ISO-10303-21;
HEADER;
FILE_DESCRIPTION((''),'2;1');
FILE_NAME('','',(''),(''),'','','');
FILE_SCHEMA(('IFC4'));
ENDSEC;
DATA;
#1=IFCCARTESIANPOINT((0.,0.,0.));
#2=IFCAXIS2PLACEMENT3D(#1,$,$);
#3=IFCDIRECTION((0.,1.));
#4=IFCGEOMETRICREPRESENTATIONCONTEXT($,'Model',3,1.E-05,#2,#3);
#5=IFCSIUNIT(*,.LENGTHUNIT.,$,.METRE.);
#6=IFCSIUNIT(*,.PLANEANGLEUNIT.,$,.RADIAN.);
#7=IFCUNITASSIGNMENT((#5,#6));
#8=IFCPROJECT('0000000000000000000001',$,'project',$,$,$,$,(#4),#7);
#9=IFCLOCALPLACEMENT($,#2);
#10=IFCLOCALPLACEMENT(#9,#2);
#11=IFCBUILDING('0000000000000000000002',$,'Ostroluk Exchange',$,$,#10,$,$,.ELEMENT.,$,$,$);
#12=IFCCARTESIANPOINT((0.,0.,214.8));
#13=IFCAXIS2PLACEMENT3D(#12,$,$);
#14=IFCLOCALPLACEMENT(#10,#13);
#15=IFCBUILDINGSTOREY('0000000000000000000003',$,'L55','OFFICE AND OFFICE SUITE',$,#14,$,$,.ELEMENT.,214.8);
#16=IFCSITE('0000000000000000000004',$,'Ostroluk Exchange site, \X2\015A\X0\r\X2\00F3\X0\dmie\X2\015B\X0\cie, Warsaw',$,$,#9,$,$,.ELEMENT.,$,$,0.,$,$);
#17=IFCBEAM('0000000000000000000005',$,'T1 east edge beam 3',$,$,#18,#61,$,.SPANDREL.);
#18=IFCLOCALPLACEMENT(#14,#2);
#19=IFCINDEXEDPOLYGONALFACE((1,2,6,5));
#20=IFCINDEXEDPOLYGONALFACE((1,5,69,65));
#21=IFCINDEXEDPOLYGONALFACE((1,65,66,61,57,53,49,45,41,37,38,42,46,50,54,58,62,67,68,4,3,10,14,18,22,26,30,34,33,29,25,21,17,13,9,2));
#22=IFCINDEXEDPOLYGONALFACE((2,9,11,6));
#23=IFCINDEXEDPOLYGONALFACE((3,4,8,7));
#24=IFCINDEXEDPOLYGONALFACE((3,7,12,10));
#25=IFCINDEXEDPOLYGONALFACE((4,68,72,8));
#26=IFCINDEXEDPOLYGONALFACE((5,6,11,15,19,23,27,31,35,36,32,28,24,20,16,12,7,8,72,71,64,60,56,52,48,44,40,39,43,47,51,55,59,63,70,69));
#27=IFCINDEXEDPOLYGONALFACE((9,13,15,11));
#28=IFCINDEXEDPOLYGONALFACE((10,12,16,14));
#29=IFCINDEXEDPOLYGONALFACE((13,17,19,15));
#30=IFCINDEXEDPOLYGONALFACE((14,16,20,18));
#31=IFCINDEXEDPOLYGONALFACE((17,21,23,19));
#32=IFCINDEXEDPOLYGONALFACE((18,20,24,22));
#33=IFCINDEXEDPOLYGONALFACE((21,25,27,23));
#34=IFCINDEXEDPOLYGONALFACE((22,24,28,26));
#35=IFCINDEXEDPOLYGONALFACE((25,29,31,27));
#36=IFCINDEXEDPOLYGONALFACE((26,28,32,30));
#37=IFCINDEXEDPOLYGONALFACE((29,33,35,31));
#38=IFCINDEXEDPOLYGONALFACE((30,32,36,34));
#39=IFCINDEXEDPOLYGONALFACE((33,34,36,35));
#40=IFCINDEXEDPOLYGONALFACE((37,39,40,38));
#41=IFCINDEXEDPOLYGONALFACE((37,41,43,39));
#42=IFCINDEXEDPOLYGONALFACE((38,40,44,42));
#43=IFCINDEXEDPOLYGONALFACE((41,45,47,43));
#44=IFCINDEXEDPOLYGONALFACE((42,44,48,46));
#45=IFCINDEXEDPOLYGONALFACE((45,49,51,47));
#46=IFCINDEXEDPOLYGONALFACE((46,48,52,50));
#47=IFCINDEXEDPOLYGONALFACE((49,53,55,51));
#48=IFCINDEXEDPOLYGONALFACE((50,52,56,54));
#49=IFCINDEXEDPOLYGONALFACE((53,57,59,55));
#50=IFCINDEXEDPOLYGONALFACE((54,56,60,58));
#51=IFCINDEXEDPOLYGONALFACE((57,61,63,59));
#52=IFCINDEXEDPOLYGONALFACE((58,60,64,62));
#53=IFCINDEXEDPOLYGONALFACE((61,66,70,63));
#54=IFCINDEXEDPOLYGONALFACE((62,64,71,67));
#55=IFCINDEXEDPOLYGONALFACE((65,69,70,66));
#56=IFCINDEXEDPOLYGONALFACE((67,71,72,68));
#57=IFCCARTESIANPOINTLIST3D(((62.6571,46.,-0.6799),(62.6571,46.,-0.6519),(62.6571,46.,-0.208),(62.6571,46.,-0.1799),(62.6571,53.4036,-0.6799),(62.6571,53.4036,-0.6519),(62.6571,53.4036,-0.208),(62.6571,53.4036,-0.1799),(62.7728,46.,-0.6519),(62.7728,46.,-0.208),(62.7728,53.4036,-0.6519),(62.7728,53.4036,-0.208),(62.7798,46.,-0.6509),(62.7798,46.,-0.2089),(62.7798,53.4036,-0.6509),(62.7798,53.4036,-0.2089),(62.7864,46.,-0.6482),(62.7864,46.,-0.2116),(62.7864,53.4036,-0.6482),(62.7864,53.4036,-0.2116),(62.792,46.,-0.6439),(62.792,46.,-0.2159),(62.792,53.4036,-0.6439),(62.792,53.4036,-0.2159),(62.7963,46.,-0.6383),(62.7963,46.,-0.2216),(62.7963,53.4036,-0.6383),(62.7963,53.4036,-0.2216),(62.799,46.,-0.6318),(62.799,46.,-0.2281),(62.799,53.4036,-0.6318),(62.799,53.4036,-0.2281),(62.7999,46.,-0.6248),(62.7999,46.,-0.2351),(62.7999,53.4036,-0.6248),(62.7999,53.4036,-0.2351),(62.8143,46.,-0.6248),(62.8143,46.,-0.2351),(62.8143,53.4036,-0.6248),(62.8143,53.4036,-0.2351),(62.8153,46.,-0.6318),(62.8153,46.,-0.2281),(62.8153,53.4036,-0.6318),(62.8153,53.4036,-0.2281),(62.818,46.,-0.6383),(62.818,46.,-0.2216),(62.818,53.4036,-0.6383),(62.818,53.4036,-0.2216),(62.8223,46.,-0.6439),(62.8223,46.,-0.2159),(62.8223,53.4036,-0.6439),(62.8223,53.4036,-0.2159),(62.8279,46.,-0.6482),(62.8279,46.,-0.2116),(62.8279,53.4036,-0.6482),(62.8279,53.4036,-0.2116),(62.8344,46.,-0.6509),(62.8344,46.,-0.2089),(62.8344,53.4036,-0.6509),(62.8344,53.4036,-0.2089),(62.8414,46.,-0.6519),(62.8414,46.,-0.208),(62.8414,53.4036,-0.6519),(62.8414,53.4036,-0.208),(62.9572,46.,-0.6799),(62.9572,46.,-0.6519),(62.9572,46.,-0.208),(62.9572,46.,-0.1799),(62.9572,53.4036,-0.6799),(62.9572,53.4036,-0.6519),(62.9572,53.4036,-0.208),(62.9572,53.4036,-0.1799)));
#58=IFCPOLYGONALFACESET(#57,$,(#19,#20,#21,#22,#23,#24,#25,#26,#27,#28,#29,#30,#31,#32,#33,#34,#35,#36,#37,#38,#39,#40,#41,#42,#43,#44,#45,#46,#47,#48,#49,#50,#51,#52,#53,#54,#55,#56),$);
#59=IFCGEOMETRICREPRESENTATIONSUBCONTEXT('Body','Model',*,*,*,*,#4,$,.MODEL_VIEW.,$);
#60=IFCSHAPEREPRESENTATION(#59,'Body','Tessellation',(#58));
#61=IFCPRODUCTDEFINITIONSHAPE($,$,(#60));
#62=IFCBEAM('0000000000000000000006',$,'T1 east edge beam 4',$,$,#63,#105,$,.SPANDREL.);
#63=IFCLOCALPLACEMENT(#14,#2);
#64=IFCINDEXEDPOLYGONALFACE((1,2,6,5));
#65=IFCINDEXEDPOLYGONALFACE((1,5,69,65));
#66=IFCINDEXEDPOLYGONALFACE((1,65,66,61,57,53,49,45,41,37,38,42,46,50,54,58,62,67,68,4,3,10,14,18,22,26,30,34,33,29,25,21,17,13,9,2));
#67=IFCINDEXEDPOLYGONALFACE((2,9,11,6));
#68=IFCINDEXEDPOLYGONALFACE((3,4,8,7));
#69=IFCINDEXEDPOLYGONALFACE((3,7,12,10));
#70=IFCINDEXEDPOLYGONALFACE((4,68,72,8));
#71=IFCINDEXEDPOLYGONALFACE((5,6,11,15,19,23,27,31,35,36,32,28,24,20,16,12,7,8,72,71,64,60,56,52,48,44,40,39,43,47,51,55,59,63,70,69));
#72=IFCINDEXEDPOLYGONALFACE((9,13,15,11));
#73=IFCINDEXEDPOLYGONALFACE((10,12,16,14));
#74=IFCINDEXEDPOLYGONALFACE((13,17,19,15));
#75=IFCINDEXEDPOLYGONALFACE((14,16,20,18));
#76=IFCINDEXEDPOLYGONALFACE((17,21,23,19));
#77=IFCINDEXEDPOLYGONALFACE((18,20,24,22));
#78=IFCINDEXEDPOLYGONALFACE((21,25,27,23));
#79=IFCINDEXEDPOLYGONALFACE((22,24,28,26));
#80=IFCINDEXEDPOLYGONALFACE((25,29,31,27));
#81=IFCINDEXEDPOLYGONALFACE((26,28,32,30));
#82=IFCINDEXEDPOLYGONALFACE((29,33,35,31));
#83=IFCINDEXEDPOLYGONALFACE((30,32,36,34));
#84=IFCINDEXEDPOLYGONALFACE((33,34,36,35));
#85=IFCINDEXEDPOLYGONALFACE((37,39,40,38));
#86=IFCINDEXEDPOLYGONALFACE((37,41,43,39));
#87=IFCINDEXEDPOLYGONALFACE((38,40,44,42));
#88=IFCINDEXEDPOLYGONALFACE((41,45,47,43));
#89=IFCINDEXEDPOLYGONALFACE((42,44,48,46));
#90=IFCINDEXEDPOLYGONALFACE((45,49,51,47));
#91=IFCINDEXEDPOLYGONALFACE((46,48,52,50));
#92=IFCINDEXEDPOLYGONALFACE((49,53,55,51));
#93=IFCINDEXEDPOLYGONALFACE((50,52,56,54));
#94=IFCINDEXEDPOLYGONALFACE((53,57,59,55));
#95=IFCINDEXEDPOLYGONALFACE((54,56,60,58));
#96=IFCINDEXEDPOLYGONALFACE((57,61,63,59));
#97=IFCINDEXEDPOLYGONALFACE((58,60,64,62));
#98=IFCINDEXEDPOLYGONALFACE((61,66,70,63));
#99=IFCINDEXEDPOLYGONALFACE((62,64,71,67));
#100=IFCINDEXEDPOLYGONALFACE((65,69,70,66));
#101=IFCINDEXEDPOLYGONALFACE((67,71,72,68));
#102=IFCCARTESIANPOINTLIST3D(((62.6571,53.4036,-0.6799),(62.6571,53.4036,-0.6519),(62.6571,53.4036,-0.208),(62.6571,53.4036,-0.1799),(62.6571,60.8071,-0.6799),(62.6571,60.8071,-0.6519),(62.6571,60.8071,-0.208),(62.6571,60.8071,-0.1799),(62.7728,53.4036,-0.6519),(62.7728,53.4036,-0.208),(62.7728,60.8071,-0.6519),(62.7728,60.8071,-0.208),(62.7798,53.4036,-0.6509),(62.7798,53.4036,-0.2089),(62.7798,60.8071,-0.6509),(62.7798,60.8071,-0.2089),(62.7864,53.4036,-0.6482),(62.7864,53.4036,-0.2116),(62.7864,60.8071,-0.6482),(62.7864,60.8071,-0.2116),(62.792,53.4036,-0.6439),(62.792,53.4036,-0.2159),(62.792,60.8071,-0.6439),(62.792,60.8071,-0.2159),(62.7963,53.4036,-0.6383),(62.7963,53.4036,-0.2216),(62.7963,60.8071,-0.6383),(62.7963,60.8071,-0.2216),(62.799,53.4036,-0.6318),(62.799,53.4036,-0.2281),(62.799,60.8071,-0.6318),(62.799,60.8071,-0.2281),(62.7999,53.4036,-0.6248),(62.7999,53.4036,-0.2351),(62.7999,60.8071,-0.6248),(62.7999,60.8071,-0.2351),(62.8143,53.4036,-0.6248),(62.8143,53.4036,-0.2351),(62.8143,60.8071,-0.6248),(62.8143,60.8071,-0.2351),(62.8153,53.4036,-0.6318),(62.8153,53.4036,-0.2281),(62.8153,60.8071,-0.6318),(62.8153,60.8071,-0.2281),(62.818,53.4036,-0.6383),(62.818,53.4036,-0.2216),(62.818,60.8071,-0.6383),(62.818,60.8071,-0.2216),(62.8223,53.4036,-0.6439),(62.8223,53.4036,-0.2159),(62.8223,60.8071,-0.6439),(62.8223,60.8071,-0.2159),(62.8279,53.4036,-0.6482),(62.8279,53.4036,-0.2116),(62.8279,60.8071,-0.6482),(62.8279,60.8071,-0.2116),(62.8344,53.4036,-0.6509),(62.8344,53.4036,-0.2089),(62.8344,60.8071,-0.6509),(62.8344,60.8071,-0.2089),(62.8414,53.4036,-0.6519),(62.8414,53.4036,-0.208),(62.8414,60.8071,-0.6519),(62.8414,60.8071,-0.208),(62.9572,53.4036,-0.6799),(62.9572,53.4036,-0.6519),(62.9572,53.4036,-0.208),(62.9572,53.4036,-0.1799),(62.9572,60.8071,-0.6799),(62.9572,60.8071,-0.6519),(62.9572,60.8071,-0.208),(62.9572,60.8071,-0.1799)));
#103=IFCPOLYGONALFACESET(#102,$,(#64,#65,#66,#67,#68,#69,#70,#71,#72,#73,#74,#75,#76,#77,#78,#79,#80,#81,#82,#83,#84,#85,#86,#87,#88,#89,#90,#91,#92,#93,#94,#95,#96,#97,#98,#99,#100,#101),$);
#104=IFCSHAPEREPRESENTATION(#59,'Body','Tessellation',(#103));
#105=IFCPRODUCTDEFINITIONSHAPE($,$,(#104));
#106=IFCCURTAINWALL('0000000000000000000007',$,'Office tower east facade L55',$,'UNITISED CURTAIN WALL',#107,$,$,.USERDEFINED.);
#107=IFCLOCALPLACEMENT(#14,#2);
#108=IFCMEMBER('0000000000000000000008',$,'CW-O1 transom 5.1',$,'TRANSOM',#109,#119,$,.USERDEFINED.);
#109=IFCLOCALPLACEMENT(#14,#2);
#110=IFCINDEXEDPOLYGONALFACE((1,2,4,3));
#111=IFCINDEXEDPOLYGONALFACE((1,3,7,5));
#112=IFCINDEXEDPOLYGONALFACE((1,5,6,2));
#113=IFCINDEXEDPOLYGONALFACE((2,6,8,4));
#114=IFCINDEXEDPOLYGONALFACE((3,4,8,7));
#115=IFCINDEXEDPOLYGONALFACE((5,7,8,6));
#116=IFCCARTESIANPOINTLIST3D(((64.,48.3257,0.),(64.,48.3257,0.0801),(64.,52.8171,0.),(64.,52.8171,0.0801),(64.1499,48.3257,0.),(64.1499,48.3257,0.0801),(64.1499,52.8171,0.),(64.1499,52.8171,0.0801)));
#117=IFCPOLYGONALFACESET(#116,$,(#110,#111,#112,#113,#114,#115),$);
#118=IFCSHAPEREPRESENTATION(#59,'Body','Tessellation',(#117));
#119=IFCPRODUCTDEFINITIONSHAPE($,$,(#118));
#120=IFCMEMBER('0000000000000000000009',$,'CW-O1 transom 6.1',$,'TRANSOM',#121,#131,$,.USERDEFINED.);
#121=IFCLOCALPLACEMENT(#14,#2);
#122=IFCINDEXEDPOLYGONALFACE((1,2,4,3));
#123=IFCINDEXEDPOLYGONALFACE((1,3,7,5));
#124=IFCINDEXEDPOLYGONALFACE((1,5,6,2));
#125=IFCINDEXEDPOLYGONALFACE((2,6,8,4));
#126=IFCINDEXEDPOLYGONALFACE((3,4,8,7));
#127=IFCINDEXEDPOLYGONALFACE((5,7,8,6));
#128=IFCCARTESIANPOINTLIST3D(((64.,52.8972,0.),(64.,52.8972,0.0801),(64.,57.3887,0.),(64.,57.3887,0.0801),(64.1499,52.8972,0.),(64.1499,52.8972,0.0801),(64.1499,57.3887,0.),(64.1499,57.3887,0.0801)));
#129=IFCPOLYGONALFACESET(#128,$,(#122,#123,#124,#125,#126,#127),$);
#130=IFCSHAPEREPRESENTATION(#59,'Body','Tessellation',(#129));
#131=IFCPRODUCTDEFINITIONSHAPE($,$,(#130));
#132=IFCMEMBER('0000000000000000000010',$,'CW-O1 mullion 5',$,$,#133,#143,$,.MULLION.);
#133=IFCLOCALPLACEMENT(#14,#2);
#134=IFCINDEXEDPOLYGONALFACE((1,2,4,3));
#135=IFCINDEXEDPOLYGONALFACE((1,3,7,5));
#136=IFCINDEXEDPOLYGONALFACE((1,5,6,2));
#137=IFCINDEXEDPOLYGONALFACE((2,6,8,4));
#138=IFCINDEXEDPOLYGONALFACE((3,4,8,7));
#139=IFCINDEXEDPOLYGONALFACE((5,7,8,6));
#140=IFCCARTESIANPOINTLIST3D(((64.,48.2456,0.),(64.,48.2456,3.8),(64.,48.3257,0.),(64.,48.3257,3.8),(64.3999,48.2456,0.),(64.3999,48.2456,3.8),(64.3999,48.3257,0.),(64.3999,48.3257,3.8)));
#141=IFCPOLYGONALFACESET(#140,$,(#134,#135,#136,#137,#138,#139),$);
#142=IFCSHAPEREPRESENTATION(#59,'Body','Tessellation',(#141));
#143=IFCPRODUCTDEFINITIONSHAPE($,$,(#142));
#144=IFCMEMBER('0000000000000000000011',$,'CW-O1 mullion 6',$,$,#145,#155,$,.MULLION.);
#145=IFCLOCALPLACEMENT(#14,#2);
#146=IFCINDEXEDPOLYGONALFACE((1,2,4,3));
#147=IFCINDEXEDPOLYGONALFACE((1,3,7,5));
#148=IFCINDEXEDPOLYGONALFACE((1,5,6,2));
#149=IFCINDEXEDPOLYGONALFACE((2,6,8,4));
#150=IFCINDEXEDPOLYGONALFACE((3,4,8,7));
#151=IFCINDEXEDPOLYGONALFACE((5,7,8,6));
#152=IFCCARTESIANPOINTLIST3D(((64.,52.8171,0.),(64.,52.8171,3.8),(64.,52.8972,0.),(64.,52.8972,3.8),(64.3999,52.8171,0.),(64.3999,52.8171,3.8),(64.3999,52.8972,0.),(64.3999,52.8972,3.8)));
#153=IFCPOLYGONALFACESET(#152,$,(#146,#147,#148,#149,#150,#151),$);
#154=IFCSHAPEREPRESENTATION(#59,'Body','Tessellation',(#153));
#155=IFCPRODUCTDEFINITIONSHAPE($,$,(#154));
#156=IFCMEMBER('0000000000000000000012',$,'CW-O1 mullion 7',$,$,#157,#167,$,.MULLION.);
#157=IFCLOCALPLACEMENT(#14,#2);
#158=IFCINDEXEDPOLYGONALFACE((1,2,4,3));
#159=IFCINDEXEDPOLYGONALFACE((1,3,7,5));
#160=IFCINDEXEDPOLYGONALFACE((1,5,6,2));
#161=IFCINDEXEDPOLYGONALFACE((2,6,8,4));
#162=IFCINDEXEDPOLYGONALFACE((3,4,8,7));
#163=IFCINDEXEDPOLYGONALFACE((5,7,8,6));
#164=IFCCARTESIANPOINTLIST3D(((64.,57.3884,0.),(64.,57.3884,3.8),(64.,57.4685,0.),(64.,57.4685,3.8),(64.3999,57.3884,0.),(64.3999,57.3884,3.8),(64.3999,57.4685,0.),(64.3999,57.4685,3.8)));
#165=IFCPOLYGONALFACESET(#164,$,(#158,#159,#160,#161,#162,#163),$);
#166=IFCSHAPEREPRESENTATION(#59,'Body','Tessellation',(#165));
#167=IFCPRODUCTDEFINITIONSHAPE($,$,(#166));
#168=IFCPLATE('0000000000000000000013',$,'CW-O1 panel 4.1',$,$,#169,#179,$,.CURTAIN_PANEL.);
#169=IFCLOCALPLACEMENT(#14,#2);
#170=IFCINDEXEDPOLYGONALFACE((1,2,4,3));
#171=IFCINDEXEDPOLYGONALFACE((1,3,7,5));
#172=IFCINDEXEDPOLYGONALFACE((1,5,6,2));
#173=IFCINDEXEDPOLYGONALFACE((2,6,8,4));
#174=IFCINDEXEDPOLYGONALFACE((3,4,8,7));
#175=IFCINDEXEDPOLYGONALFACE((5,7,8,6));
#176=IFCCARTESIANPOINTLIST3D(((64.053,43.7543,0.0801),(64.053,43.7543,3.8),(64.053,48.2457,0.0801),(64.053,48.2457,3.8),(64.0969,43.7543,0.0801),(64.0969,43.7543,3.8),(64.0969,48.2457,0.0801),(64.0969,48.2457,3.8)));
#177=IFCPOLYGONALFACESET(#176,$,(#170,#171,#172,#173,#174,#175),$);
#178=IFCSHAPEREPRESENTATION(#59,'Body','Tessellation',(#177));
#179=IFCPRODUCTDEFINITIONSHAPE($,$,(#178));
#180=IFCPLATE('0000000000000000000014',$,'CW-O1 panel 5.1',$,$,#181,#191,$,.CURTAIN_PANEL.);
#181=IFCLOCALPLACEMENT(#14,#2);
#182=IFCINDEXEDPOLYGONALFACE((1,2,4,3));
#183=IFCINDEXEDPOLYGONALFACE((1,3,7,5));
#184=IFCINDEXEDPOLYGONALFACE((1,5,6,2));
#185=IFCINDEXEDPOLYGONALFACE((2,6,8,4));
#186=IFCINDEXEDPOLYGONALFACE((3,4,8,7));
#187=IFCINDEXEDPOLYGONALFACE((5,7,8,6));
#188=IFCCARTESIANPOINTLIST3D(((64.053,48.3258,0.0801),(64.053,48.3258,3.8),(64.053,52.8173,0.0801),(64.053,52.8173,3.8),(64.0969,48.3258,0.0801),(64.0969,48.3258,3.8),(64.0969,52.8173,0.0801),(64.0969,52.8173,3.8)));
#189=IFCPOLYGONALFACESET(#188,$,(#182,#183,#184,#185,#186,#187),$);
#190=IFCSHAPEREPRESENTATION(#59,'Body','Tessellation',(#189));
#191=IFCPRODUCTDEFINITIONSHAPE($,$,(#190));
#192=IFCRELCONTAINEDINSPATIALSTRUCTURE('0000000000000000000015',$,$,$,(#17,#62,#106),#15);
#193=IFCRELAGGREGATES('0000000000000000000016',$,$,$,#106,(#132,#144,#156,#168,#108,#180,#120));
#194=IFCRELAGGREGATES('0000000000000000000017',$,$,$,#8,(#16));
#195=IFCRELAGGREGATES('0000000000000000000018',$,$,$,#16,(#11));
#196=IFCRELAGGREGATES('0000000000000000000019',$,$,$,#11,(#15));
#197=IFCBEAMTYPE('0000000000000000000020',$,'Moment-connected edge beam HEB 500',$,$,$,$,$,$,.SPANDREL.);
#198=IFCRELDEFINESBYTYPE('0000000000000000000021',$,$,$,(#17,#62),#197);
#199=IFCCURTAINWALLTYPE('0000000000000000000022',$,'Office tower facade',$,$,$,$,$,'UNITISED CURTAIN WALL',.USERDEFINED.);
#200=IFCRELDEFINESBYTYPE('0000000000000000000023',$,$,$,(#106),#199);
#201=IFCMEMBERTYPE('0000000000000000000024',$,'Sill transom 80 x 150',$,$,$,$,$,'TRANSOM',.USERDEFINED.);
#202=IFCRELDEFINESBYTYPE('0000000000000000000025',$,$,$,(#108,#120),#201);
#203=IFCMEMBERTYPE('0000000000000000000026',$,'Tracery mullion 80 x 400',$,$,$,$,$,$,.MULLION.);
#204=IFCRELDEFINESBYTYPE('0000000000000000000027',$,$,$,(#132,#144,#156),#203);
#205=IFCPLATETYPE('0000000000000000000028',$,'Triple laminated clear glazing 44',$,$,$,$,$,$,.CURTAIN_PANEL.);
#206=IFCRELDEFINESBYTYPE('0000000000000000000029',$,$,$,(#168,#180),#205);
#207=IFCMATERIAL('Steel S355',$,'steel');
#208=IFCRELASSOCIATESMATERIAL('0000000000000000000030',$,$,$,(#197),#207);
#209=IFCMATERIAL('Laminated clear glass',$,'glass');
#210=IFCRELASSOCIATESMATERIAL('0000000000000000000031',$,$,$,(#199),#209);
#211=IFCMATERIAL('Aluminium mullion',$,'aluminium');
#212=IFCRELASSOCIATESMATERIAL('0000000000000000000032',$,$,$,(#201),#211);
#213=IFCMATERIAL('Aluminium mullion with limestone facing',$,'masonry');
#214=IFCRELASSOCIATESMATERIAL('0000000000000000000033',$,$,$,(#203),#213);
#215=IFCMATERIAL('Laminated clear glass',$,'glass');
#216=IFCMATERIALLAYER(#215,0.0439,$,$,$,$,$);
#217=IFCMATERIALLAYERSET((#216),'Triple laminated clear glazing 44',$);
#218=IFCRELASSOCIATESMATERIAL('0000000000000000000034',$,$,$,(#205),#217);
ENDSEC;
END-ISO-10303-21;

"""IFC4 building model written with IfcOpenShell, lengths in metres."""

from ifc_helpers import new_model, si_unit, direction, frame, origin, origin_2d, place, context, subcontext, project, spatial, rectangle, i_section, extrude, material, layer, layer_set, material_profile, profile_set, type_object, element, aggregate, save


model = new_model("IFC4")

# Units and contexts
model_context = context("Model", 3, precision=1e-05, world=origin(), true_north=direction((0.0, 1.0)))
body_context = subcontext(model_context, "Body", "Model", "MODEL_VIEW")
ifc_project = project(units=[si_unit("LENGTHUNIT", "METRE"), si_unit("PLANEANGLEUNIT", "RADIAN")], contexts=[model_context])

# Site, building, storey
site_placement = place(None, origin())
site = spatial("IfcSite", under=ifc_project, at=site_placement, Name="Ostroluk Exchange site, Śródmieście, Warsaw", CompositionType="ELEMENT", RefElevation=0.0)
building_placement = place(site_placement, origin())
building = spatial("IfcBuilding", under=site, at=building_placement, Name="Ostroluk Exchange", CompositionType="ELEMENT")
storey_placement = place(building_placement, frame((0.0, 0.0, 214.8)))
storey = spatial("IfcBuildingStorey", under=building, at=storey_placement, Name="L55", Description="OFFICE AND OFFICE SUITE", CompositionType="ELEMENT", Elevation=214.8)

# Beams
ifc_material_1 = material(Name="Steel S355", Category="steel")
ifc_material_profile_1 = material_profile(ifc_material_1, i_section(OverallWidth=0.3, OverallDepth=0.5, WebThickness=0.0144, FlangeThickness=0.0281, FilletRadius=0.0271, at=origin_2d()), Name="HEB 500")
ifc_profile_set_1 = profile_set([ifc_material_profile_1], Name="Steel S355")
beam_type_1 = type_object("IfcBeamType", Name="Moment-connected edge beam HEB 500", PredefinedType="SPANDREL", material=ifc_profile_set_1)
for number, where, z_axis, x_axis, name in (
    (1, (62.8071, 46.0, -0.4299), (0.0, 1.0, 0.0), (-1.0, 0.0, 0.0), "T1 east edge beam 3"),
    (2, (62.8071, 53.4036, -0.4299), (0.0, 1.0, 0.0), (-1.0, 0.0, 0.0), "T1 east edge beam 4"),
):
    element("IfcBeam", number, at=place(storey_placement, frame(where, z_axis=z_axis, x_axis=x_axis)), inside=storey, type_object=beam_type_1, Name=name, PredefinedType="SPANDREL", context=body_context, shape_type="SweptSolid", body=[
        extrude(i_section(OverallWidth=0.3, OverallDepth=0.5, WebThickness=0.0144, FlangeThickness=0.0281, FilletRadius=0.0271, at=origin_2d()), origin(), (0.0, 0.0, 1.0), 7.4036),
    ])

# Curtain wall, members, plates
ifc_material_2 = material(Name="Laminated clear glass", Category="glass")
curtain_wall_type = type_object("IfcCurtainWallType", Name="Office tower facade", ElementType="UNITISED CURTAIN WALL", PredefinedType="USERDEFINED", material=ifc_material_2)
curtain_wall_placement = place(storey_placement, origin())
curtain_wall = element("IfcCurtainWall", 3, at=curtain_wall_placement, inside=storey, type_object=curtain_wall_type, Name="Office tower east facade L55", ObjectType="UNITISED CURTAIN WALL", PredefinedType="USERDEFINED")
ifc_material_3 = material(Name="Aluminium mullion", Category="aluminium")
ifc_material_profile_2 = material_profile(ifc_material_3, rectangle(XDim=0.1499, YDim=0.0801, at=origin_2d()), Name="Sill transom 80 x 150")
ifc_profile_set_2 = profile_set([ifc_material_profile_2], Name="Aluminium mullion")
member_type_1 = type_object("IfcMemberType", Name="Sill transom 80 x 150", ElementType="TRANSOM", PredefinedType="USERDEFINED", material=ifc_profile_set_2)
member_1_placement = place(storey_placement, frame((64.075, 48.3257, 0.04), z_axis=(0.0, 1.0, 0.0), x_axis=(-1.0, 0.0, 0.0)))
member_1 = element("IfcMember", 4, at=member_1_placement, type_object=member_type_1, Name="CW-O1 transom 5.1", ObjectType="TRANSOM", PredefinedType="USERDEFINED", context=body_context, shape_type="SweptSolid", body=[
    extrude(rectangle(XDim=0.1499, YDim=0.0801, at=origin_2d()), origin(), (0.0, 0.0, 1.0), 4.4915),
])
member_2_placement = place(storey_placement, frame((64.075, 52.8972, 0.04), z_axis=(0.0, 1.0, 0.0), x_axis=(-1.0, 0.0, 0.0)))
member_2 = element("IfcMember", 5, at=member_2_placement, type_object=member_type_1, Name="CW-O1 transom 6.1", ObjectType="TRANSOM", PredefinedType="USERDEFINED", context=body_context, shape_type="SweptSolid", body=[
    extrude(rectangle(XDim=0.1499, YDim=0.0801, at=origin_2d()), origin(), (0.0, 0.0, 1.0), 4.4915),
])
ifc_material_4 = material(Name="Aluminium mullion with limestone facing", Category="masonry")
ifc_material_profile_3 = material_profile(ifc_material_4, rectangle(XDim=0.3999, YDim=0.0801, at=origin_2d()), Name="Tracery mullion 80 x 400")
ifc_profile_set_3 = profile_set([ifc_material_profile_3], Name="Aluminium mullion with limestone facing")
member_type_2 = type_object("IfcMemberType", Name="Tracery mullion 80 x 400", PredefinedType="MULLION", material=ifc_profile_set_3)
member_3_placement = place(storey_placement, frame((64.2, 48.2856, 0.0), z_axis=(0.0, 0.0, 1.0), x_axis=(-1.0, 0.0, 0.0)))
member_3 = element("IfcMember", 6, at=member_3_placement, type_object=member_type_2, Name="CW-O1 mullion 5", PredefinedType="MULLION", context=body_context, shape_type="SweptSolid", body=[
    extrude(rectangle(XDim=0.3999, YDim=0.0801, at=origin_2d()), origin(), (0.0, 0.0, 1.0), 3.8),
])
member_4_placement = place(storey_placement, frame((64.2, 52.8572, 0.0), z_axis=(0.0, 0.0, 1.0), x_axis=(-1.0, 0.0, 0.0)))
member_4 = element("IfcMember", 7, at=member_4_placement, type_object=member_type_2, Name="CW-O1 mullion 6", PredefinedType="MULLION", context=body_context, shape_type="SweptSolid", body=[
    extrude(rectangle(XDim=0.3999, YDim=0.0801, at=origin_2d()), origin(), (0.0, 0.0, 1.0), 3.8),
])
member_5_placement = place(storey_placement, frame((64.2, 57.4285, 0.0), z_axis=(0.0, 0.0, 1.0), x_axis=(-1.0, 0.0, 0.0)))
member_5 = element("IfcMember", 8, at=member_5_placement, type_object=member_type_2, Name="CW-O1 mullion 7", PredefinedType="MULLION", context=body_context, shape_type="SweptSolid", body=[
    extrude(rectangle(XDim=0.3999, YDim=0.0801, at=origin_2d()), origin(), (0.0, 0.0, 1.0), 3.8),
])
ifc_material_5 = material(Name="Laminated clear glass", Category="glass")
ifc_layer_1 = layer(ifc_material_5, 0.0439)
ifc_layer_set_1 = layer_set([ifc_layer_1], Name="Triple laminated clear glazing 44")
plate_type = type_object("IfcPlateType", Name="Triple laminated clear glazing 44", PredefinedType="CURTAIN_PANEL", material=ifc_layer_set_1)
plate_1_placement = place(storey_placement, frame((64.075, 46.0, 0.0801), z_axis=(0.0, 0.0, 1.0), x_axis=(0.0, 1.0, 0.0)))
plate_1 = element("IfcPlate", 9, at=plate_1_placement, type_object=plate_type, Name="CW-O1 panel 4.1", PredefinedType="CURTAIN_PANEL", context=body_context, shape_type="SweptSolid", body=[
    extrude(rectangle(XDim=4.4915, YDim=0.0439, at=origin_2d()), origin(), (0.0, 0.0, 1.0), 3.72),
])
plate_2_placement = place(storey_placement, frame((64.075, 50.5715, 0.0801), z_axis=(0.0, 0.0, 1.0), x_axis=(0.0, 1.0, 0.0)))
plate_2 = element("IfcPlate", 10, at=plate_2_placement, type_object=plate_type, Name="CW-O1 panel 5.1", PredefinedType="CURTAIN_PANEL", context=body_context, shape_type="SweptSolid", body=[
    extrude(rectangle(XDim=4.4915, YDim=0.0439, at=origin_2d()), origin(), (0.0, 0.0, 1.0), 3.72),
])
aggregate(curtain_wall, [member_3, member_4, member_5, plate_1, member_1, plate_2, member_2])

save(model, "model.ifc")
